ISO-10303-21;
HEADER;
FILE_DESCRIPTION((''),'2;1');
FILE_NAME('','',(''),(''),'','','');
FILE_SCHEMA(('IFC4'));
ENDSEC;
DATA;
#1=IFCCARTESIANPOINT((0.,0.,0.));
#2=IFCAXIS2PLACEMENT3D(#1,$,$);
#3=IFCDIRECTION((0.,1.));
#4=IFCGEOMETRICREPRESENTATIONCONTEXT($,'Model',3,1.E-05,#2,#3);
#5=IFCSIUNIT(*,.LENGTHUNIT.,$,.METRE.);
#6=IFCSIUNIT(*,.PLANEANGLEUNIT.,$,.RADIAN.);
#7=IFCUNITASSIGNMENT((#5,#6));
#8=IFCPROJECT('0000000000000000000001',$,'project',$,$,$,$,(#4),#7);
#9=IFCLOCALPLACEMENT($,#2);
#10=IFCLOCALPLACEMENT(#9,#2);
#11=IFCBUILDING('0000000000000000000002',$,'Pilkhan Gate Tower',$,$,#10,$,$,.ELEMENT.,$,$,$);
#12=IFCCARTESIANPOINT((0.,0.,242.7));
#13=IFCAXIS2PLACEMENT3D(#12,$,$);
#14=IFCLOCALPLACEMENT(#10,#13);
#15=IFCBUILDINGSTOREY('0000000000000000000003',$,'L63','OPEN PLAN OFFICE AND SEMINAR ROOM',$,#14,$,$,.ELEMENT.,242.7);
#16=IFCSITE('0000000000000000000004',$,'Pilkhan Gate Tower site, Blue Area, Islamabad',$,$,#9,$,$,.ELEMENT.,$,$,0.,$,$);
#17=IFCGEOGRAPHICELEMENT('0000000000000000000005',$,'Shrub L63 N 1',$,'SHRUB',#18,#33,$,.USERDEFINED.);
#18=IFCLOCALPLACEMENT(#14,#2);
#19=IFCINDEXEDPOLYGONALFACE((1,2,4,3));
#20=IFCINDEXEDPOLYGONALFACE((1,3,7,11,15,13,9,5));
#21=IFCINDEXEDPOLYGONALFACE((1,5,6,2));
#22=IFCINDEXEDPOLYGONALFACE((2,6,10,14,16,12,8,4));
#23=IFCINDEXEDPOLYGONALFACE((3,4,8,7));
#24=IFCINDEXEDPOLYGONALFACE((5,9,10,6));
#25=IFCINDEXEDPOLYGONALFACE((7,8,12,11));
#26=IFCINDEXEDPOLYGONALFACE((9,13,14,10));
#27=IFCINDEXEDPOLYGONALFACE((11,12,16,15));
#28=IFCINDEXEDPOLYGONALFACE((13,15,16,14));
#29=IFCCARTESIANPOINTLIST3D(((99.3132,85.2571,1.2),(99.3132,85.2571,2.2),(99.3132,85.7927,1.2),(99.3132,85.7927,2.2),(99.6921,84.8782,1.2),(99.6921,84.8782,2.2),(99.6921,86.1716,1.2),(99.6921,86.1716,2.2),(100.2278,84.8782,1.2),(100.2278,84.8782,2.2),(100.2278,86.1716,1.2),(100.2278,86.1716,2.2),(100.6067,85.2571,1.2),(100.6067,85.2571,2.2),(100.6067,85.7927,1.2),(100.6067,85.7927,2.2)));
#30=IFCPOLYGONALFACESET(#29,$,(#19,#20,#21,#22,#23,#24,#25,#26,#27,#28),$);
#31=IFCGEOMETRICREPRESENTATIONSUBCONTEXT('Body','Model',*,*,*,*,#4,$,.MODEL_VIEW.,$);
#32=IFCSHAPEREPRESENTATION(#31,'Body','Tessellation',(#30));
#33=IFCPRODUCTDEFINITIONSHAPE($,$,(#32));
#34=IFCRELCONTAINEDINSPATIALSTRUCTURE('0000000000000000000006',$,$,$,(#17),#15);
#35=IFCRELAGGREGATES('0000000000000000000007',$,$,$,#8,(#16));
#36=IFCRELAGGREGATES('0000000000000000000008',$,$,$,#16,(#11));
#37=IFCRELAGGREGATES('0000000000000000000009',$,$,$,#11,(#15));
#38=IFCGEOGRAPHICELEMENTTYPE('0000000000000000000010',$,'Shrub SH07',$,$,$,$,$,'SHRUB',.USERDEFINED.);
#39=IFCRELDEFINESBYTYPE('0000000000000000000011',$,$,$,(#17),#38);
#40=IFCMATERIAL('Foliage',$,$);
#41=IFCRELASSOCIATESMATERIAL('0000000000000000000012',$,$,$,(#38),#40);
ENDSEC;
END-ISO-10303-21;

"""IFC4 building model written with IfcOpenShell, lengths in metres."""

from ifc_helpers import new_model, si_unit, direction, frame, origin, place, context, subcontext, project, spatial, polyline, outline, extrude, material, material_profile, profile_set, type_object, element, save


model = new_model("IFC4")

# Units and contexts
model_context = context("Model", 3, precision=1e-05, world=origin(), true_north=direction((0.0, 1.0)))
body_context = subcontext(model_context, "Body", "Model", "MODEL_VIEW")
ifc_project = project(units=[si_unit("LENGTHUNIT", "METRE"), si_unit("PLANEANGLEUNIT", "RADIAN")], contexts=[model_context])

# Site, building, storey
site_placement = place(None, origin())
site = spatial("IfcSite", under=ifc_project, at=site_placement, Name="Pilkhan Gate Tower site, Blue Area, Islamabad", CompositionType="ELEMENT", RefElevation=0.0)
building_placement = place(site_placement, origin())
building = spatial("IfcBuilding", under=site, at=building_placement, Name="Pilkhan Gate Tower", CompositionType="ELEMENT")
storey_placement = place(building_placement, frame((0.0, 0.0, 242.7)))
storey = spatial("IfcBuildingStorey", under=building, at=storey_placement, Name="L63", Description="OPEN PLAN OFFICE AND SEMINAR ROOM", CompositionType="ELEMENT", Elevation=242.7)

# Geographic element
ifc_material_1 = material(Name="Foliage")
ifc_material_profile_1 = material_profile(ifc_material_1, outline(polyline([(0.6467, 0.2678), (0.2678, 0.6467), (-0.2678, 0.6467), (-0.6467, 0.2678), (-0.6467, -0.2678), (-0.2678, -0.6467), (0.2678, -0.6467), (0.6467, -0.2678), (0.6467, 0.2678)])), Name="Shrub D1.4")
ifc_profile_set_1 = profile_set([ifc_material_profile_1], Name="Foliage")
geographic_element_type_1 = type_object("IfcGeographicElementType", Name="Shrub SH07", ElementType="SHRUB", PredefinedType="USERDEFINED", material=ifc_profile_set_1)
geographic_element_1_placement = place(storey_placement, frame((99.96, 85.5249, 1.2), z_axis=(0.0, 0.0, 1.0), x_axis=(1.0, 0.0, 0.0)))
element("IfcGeographicElement", 1, at=geographic_element_1_placement, inside=storey, type_object=geographic_element_type_1, Name="Shrub L63 N 1", ObjectType="SHRUB", PredefinedType="USERDEFINED", context=body_context, shape_type="SweptSolid", body=[
    extrude(outline(polyline([(0.6467, 0.2678), (0.2678, 0.6467), (-0.2678, 0.6467), (-0.6467, 0.2678), (-0.6467, -0.2678), (-0.2678, -0.6467), (0.2678, -0.6467), (0.6467, -0.2678), (0.6467, 0.2678)])), origin(), (0.0, 0.0, 1.0), 1.0),
])

save(model, "model.ifc")
